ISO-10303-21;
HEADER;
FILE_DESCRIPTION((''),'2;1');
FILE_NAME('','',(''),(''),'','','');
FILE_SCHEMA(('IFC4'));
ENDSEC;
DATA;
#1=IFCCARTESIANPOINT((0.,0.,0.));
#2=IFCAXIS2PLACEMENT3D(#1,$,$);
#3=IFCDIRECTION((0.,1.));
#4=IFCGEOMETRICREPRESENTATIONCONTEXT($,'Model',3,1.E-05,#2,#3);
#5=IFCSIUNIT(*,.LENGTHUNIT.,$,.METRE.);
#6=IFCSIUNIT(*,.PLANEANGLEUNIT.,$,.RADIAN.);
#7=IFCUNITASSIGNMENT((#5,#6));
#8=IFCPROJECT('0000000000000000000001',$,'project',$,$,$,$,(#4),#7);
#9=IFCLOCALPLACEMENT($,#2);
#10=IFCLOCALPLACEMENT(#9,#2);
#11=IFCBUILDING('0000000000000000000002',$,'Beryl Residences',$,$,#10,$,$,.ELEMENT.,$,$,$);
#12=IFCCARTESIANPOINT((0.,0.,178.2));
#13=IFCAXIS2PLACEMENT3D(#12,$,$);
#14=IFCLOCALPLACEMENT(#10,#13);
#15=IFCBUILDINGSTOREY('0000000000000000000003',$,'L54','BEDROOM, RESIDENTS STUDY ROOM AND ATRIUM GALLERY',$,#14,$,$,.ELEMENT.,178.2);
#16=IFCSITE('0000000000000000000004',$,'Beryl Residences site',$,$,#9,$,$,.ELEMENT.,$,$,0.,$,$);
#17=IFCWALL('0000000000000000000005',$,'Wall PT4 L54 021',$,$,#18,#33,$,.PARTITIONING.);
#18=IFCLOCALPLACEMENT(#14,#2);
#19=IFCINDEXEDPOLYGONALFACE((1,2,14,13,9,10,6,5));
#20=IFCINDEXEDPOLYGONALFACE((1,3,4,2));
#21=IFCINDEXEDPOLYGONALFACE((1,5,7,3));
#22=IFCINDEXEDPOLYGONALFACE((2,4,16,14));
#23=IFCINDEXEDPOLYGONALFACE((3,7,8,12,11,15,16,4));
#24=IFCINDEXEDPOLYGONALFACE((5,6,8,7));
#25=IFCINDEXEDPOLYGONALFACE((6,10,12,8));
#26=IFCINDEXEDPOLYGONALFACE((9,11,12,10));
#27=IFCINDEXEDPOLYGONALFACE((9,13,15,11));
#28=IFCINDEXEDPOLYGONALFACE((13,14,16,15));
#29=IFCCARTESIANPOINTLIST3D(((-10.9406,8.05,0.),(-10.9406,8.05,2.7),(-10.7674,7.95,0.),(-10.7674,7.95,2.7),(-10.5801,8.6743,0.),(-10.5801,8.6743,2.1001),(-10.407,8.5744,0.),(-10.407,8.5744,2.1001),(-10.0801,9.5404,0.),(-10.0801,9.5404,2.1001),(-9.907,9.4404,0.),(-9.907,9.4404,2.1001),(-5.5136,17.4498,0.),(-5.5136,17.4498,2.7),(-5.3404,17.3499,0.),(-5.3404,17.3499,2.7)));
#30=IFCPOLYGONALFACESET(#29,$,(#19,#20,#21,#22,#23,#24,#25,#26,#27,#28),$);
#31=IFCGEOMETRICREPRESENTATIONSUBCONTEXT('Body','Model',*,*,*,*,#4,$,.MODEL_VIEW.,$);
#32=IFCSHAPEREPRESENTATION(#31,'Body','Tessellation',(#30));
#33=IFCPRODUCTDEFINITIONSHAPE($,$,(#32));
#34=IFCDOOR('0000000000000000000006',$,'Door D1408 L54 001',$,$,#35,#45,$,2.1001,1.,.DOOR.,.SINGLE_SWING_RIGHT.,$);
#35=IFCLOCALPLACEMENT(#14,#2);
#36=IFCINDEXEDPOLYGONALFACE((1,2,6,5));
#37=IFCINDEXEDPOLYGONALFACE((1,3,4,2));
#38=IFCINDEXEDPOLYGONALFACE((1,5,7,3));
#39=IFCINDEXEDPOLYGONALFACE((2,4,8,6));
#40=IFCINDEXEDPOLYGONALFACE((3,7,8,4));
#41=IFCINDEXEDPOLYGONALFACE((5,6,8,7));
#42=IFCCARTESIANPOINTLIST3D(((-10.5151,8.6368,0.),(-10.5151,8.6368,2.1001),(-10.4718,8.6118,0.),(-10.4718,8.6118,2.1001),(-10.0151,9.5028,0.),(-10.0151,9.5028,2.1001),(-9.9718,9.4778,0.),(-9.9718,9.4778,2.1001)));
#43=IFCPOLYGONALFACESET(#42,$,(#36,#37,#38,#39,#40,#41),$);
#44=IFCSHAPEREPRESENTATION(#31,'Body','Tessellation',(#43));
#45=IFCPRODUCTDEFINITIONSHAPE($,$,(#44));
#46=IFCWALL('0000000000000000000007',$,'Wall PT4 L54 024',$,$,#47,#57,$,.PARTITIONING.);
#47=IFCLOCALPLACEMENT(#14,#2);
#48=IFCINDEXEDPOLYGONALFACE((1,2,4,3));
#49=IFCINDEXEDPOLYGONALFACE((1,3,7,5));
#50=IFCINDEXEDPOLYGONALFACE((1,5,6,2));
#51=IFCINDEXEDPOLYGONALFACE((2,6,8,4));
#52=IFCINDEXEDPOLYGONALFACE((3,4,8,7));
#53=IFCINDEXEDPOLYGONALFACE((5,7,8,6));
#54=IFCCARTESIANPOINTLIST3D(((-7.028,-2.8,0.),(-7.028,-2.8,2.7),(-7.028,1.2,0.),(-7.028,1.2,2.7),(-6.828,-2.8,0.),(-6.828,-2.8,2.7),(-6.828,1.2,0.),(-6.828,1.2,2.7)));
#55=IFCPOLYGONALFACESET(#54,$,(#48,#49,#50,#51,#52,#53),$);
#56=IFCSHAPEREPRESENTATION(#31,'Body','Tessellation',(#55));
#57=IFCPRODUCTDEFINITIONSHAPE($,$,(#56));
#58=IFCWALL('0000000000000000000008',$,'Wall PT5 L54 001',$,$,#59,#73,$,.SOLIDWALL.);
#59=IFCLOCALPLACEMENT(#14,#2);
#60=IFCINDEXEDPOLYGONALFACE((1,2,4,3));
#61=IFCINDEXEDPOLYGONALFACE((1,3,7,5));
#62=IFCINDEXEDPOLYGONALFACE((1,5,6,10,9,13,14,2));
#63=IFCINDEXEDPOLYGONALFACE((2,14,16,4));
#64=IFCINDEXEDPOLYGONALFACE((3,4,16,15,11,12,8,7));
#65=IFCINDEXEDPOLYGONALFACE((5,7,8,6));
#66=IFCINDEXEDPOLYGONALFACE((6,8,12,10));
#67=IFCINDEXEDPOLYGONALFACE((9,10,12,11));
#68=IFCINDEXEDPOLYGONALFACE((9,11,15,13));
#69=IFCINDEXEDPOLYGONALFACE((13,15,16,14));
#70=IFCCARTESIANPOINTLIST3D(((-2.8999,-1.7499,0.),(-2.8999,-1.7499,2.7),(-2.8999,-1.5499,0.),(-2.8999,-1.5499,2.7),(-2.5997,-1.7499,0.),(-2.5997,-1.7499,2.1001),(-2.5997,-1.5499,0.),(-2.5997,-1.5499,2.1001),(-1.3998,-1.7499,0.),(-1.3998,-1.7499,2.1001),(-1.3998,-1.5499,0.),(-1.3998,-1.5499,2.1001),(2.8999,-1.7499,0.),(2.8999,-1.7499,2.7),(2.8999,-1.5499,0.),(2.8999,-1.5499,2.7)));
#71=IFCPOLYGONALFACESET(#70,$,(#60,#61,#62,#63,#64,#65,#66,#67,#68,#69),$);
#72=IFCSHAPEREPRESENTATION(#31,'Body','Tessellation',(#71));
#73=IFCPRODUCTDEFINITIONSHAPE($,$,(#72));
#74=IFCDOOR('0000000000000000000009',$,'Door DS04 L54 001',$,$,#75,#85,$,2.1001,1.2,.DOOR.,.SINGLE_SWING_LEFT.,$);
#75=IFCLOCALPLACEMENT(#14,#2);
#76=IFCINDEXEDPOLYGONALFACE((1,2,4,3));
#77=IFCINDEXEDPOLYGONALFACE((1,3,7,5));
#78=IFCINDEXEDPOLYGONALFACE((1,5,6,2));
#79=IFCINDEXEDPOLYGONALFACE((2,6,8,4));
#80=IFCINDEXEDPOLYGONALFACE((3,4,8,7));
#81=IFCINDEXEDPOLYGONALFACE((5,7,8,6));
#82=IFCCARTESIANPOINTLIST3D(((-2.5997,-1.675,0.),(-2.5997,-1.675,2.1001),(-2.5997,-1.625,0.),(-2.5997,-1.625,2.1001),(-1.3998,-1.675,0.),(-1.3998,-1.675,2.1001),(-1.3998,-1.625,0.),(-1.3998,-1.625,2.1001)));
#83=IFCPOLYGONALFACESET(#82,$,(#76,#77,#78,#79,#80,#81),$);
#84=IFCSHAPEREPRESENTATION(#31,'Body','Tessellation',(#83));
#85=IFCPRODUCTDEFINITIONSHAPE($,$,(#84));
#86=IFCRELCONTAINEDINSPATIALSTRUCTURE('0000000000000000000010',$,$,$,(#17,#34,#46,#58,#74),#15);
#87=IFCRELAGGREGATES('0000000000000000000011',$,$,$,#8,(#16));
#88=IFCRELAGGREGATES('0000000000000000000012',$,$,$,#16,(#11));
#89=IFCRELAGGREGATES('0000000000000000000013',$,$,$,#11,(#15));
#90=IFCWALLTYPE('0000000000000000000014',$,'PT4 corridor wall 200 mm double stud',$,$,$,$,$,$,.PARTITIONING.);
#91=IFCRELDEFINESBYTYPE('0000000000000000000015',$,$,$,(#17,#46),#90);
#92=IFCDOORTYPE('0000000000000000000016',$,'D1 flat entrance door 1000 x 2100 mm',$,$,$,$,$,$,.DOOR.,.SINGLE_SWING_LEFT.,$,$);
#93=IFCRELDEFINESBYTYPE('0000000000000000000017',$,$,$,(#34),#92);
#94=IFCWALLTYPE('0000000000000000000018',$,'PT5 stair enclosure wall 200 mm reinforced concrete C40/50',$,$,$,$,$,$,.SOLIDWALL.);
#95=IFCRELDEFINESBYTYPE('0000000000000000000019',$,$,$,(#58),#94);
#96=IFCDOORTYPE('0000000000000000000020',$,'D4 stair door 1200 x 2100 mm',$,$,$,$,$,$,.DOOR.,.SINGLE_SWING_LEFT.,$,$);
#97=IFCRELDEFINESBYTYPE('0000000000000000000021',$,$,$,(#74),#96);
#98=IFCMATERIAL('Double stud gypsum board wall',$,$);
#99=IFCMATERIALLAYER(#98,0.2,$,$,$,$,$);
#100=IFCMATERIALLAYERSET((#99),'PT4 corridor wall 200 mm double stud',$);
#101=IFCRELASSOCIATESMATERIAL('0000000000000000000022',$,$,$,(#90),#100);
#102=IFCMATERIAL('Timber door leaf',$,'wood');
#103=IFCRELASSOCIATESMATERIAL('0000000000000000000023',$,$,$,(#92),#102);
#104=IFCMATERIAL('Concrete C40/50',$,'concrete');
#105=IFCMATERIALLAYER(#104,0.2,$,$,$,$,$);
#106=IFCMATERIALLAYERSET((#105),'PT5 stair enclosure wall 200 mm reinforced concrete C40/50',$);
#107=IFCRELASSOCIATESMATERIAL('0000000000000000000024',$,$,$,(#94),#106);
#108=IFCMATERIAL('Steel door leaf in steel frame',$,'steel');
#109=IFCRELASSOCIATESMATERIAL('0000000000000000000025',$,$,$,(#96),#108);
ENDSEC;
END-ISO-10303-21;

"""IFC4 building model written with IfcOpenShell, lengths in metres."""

from ifc_helpers import new_model, si_unit, direction, frame, frame_2d, origin, place, context, subcontext, project, spatial, rectangle, extrude, material, layer, layer_set, type_object, element, fill, save


model = new_model("IFC4")

# Units and contexts
model_context = context("Model", 3, precision=1e-05, world=origin(), true_north=direction((0.0, 1.0)))
body_context = subcontext(model_context, "Body", "Model", "MODEL_VIEW")
ifc_project = project(units=[si_unit("LENGTHUNIT", "METRE"), si_unit("PLANEANGLEUNIT", "RADIAN")], contexts=[model_context])

# Site, building, storey
site_placement = place(None, origin())
site = spatial("IfcSite", under=ifc_project, at=site_placement, Name="Beryl Residences site", CompositionType="ELEMENT", RefElevation=0.0)
building_placement = place(site_placement, origin())
building = spatial("IfcBuilding", under=site, at=building_placement, Name="Beryl Residences", CompositionType="ELEMENT")
storey_placement = place(building_placement, frame((0.0, 0.0, 178.2)))
storey = spatial("IfcBuildingStorey", under=building, at=storey_placement, Name="L54", Description="BEDROOM, RESIDENTS STUDY ROOM AND ATRIUM GALLERY", CompositionType="ELEMENT", Elevation=178.2)

# Shared definitions
ifc_material_1 = material(Name="Double stud gypsum board wall")
ifc_layer_1 = layer(ifc_material_1, 0.2)
ifc_layer_set_1 = layer_set([ifc_layer_1], Name="PT4 corridor wall 200 mm double stud")
wall_type_1 = type_object("IfcWallType", Name="PT4 corridor wall 200 mm double stud", PredefinedType="PARTITIONING", material=ifc_layer_set_1)

# Wall, opening, door
wall_1_placement = place(storey_placement, frame((-10.854, 8.0, 0.0), z_axis=(0.0, 0.0, 1.0), x_axis=(0.499998, 0.866027, 0.0)))
wall_1 = element("IfcWall", 1, at=wall_1_placement, inside=storey, type_object=wall_type_1, Name="Wall PT4 L54 021", PredefinedType="PARTITIONING", context=body_context, shape_type="SweptSolid", body=[
    extrude(rectangle(XDim=10.854, YDim=0.2, at=frame_2d((5.427, 0.0))), origin(), (0.0, 0.0, 1.0), 2.7),
])
opening_1_placement = place(wall_1_placement, frame((0.7209, 0.0, 0.0)))
opening_1 = element("IfcOpeningElement", 2, at=opening_1_placement, cuts=wall_1, PredefinedType="OPENING", context=body_context, shape_type="SweptSolid", body=[
    extrude(rectangle(XDim=1.0, YDim=2.1001, at=frame_2d((0.5, 1.05))), frame((0.0, 0.1099, 0.0), z_axis=(0.0, -1.0, 0.0), x_axis=(1.0, 0.0, 0.0)), (0.0, 0.0, 1.0), 0.22),
])
ifc_material_2 = material(Name="Timber door leaf", Category="wood")
door_type_1 = type_object("IfcDoorType", Name="D1 flat entrance door 1000 x 2100 mm", OperationType="SINGLE_SWING_LEFT", PredefinedType="DOOR", material=ifc_material_2)
door_1_placement = place(opening_1_placement, origin())
door_1 = element("IfcDoor", 3, at=door_1_placement, inside=storey, type_object=door_type_1, Name="Door D1408 L54 001", OperationType="SINGLE_SWING_RIGHT", OverallHeight=2.1001, OverallWidth=1.0, PredefinedType="DOOR", context=body_context, shape_type="SweptSolid", body=[
    extrude(rectangle(XDim=1.0, YDim=2.1001, at=frame_2d((0.5, 1.05))), frame((0.0, 0.0249, 0.0), z_axis=(0.0, -1.0, 0.0), x_axis=(1.0, 0.0, 0.0)), (0.0, 0.0, 1.0), 0.05),
])
fill(opening_1, door_1)

# Wall
wall_2_placement = place(storey_placement, frame((-6.928, -2.8, 0.0), z_axis=(0.0, 0.0, 1.0), x_axis=(0.0, 1.0, 0.0)))
element("IfcWall", 4, at=wall_2_placement, inside=storey, type_object=wall_type_1, Name="Wall PT4 L54 024", PredefinedType="PARTITIONING", context=body_context, shape_type="SweptSolid", body=[
    extrude(rectangle(XDim=4.0, YDim=0.2, at=frame_2d((2.0, 0.0))), origin(), (0.0, 0.0, 1.0), 2.7),
])

# Wall, opening, door
ifc_material_3 = material(Name="Concrete C40/50", Category="concrete")
ifc_layer_2 = layer(ifc_material_3, 0.2)
ifc_layer_set_2 = layer_set([ifc_layer_2], Name="PT5 stair enclosure wall 200 mm reinforced concrete C40/50")
wall_type_2 = type_object("IfcWallType", Name="PT5 stair enclosure wall 200 mm reinforced concrete C40/50", PredefinedType="SOLIDWALL", material=ifc_layer_set_2)
wall_3_placement = place(storey_placement, frame((-2.8999, -1.6499, 0.0), z_axis=(0.0, 0.0, 1.0), x_axis=(1.0, 0.0, 0.0)))
wall_3 = element("IfcWall", 5, at=wall_3_placement, inside=storey, type_object=wall_type_2, Name="Wall PT5 L54 001", PredefinedType="SOLIDWALL", context=body_context, shape_type="SweptSolid", body=[
    extrude(rectangle(XDim=5.7998, YDim=0.2, at=frame_2d((2.8999, 0.0))), origin(), (0.0, 0.0, 1.0), 2.7),
])
opening_2_placement = place(wall_3_placement, frame((0.3, 0.0, 0.0)))
opening_2 = element("IfcOpeningElement", 6, at=opening_2_placement, cuts=wall_3, PredefinedType="OPENING", context=body_context, shape_type="SweptSolid", body=[
    extrude(rectangle(XDim=1.2, YDim=2.1001, at=frame_2d((0.6001, 1.05))), frame((0.0, 0.1099, 0.0), z_axis=(0.0, -1.0, 0.0), x_axis=(1.0, 0.0, 0.0)), (0.0, 0.0, 1.0), 0.22),
])
ifc_material_4 = material(Name="Steel door leaf in steel frame", Category="steel")
door_type_2 = type_object("IfcDoorType", Name="D4 stair door 1200 x 2100 mm", OperationType="SINGLE_SWING_LEFT", PredefinedType="DOOR", material=ifc_material_4)
door_2_placement = place(opening_2_placement, origin())
door_2 = element("IfcDoor", 7, at=door_2_placement, inside=storey, type_object=door_type_2, Name="Door DS04 L54 001", OperationType="SINGLE_SWING_LEFT", OverallHeight=2.1001, OverallWidth=1.2, PredefinedType="DOOR", context=body_context, shape_type="SweptSolid", body=[
    extrude(rectangle(XDim=1.2, YDim=2.1001, at=frame_2d((0.6001, 1.05))), frame((0.0, 0.0249, 0.0), z_axis=(0.0, -1.0, 0.0), x_axis=(1.0, 0.0, 0.0)), (0.0, 0.0, 1.0), 0.05),
])
fill(opening_2, door_2)

save(model, "model.ifc")
